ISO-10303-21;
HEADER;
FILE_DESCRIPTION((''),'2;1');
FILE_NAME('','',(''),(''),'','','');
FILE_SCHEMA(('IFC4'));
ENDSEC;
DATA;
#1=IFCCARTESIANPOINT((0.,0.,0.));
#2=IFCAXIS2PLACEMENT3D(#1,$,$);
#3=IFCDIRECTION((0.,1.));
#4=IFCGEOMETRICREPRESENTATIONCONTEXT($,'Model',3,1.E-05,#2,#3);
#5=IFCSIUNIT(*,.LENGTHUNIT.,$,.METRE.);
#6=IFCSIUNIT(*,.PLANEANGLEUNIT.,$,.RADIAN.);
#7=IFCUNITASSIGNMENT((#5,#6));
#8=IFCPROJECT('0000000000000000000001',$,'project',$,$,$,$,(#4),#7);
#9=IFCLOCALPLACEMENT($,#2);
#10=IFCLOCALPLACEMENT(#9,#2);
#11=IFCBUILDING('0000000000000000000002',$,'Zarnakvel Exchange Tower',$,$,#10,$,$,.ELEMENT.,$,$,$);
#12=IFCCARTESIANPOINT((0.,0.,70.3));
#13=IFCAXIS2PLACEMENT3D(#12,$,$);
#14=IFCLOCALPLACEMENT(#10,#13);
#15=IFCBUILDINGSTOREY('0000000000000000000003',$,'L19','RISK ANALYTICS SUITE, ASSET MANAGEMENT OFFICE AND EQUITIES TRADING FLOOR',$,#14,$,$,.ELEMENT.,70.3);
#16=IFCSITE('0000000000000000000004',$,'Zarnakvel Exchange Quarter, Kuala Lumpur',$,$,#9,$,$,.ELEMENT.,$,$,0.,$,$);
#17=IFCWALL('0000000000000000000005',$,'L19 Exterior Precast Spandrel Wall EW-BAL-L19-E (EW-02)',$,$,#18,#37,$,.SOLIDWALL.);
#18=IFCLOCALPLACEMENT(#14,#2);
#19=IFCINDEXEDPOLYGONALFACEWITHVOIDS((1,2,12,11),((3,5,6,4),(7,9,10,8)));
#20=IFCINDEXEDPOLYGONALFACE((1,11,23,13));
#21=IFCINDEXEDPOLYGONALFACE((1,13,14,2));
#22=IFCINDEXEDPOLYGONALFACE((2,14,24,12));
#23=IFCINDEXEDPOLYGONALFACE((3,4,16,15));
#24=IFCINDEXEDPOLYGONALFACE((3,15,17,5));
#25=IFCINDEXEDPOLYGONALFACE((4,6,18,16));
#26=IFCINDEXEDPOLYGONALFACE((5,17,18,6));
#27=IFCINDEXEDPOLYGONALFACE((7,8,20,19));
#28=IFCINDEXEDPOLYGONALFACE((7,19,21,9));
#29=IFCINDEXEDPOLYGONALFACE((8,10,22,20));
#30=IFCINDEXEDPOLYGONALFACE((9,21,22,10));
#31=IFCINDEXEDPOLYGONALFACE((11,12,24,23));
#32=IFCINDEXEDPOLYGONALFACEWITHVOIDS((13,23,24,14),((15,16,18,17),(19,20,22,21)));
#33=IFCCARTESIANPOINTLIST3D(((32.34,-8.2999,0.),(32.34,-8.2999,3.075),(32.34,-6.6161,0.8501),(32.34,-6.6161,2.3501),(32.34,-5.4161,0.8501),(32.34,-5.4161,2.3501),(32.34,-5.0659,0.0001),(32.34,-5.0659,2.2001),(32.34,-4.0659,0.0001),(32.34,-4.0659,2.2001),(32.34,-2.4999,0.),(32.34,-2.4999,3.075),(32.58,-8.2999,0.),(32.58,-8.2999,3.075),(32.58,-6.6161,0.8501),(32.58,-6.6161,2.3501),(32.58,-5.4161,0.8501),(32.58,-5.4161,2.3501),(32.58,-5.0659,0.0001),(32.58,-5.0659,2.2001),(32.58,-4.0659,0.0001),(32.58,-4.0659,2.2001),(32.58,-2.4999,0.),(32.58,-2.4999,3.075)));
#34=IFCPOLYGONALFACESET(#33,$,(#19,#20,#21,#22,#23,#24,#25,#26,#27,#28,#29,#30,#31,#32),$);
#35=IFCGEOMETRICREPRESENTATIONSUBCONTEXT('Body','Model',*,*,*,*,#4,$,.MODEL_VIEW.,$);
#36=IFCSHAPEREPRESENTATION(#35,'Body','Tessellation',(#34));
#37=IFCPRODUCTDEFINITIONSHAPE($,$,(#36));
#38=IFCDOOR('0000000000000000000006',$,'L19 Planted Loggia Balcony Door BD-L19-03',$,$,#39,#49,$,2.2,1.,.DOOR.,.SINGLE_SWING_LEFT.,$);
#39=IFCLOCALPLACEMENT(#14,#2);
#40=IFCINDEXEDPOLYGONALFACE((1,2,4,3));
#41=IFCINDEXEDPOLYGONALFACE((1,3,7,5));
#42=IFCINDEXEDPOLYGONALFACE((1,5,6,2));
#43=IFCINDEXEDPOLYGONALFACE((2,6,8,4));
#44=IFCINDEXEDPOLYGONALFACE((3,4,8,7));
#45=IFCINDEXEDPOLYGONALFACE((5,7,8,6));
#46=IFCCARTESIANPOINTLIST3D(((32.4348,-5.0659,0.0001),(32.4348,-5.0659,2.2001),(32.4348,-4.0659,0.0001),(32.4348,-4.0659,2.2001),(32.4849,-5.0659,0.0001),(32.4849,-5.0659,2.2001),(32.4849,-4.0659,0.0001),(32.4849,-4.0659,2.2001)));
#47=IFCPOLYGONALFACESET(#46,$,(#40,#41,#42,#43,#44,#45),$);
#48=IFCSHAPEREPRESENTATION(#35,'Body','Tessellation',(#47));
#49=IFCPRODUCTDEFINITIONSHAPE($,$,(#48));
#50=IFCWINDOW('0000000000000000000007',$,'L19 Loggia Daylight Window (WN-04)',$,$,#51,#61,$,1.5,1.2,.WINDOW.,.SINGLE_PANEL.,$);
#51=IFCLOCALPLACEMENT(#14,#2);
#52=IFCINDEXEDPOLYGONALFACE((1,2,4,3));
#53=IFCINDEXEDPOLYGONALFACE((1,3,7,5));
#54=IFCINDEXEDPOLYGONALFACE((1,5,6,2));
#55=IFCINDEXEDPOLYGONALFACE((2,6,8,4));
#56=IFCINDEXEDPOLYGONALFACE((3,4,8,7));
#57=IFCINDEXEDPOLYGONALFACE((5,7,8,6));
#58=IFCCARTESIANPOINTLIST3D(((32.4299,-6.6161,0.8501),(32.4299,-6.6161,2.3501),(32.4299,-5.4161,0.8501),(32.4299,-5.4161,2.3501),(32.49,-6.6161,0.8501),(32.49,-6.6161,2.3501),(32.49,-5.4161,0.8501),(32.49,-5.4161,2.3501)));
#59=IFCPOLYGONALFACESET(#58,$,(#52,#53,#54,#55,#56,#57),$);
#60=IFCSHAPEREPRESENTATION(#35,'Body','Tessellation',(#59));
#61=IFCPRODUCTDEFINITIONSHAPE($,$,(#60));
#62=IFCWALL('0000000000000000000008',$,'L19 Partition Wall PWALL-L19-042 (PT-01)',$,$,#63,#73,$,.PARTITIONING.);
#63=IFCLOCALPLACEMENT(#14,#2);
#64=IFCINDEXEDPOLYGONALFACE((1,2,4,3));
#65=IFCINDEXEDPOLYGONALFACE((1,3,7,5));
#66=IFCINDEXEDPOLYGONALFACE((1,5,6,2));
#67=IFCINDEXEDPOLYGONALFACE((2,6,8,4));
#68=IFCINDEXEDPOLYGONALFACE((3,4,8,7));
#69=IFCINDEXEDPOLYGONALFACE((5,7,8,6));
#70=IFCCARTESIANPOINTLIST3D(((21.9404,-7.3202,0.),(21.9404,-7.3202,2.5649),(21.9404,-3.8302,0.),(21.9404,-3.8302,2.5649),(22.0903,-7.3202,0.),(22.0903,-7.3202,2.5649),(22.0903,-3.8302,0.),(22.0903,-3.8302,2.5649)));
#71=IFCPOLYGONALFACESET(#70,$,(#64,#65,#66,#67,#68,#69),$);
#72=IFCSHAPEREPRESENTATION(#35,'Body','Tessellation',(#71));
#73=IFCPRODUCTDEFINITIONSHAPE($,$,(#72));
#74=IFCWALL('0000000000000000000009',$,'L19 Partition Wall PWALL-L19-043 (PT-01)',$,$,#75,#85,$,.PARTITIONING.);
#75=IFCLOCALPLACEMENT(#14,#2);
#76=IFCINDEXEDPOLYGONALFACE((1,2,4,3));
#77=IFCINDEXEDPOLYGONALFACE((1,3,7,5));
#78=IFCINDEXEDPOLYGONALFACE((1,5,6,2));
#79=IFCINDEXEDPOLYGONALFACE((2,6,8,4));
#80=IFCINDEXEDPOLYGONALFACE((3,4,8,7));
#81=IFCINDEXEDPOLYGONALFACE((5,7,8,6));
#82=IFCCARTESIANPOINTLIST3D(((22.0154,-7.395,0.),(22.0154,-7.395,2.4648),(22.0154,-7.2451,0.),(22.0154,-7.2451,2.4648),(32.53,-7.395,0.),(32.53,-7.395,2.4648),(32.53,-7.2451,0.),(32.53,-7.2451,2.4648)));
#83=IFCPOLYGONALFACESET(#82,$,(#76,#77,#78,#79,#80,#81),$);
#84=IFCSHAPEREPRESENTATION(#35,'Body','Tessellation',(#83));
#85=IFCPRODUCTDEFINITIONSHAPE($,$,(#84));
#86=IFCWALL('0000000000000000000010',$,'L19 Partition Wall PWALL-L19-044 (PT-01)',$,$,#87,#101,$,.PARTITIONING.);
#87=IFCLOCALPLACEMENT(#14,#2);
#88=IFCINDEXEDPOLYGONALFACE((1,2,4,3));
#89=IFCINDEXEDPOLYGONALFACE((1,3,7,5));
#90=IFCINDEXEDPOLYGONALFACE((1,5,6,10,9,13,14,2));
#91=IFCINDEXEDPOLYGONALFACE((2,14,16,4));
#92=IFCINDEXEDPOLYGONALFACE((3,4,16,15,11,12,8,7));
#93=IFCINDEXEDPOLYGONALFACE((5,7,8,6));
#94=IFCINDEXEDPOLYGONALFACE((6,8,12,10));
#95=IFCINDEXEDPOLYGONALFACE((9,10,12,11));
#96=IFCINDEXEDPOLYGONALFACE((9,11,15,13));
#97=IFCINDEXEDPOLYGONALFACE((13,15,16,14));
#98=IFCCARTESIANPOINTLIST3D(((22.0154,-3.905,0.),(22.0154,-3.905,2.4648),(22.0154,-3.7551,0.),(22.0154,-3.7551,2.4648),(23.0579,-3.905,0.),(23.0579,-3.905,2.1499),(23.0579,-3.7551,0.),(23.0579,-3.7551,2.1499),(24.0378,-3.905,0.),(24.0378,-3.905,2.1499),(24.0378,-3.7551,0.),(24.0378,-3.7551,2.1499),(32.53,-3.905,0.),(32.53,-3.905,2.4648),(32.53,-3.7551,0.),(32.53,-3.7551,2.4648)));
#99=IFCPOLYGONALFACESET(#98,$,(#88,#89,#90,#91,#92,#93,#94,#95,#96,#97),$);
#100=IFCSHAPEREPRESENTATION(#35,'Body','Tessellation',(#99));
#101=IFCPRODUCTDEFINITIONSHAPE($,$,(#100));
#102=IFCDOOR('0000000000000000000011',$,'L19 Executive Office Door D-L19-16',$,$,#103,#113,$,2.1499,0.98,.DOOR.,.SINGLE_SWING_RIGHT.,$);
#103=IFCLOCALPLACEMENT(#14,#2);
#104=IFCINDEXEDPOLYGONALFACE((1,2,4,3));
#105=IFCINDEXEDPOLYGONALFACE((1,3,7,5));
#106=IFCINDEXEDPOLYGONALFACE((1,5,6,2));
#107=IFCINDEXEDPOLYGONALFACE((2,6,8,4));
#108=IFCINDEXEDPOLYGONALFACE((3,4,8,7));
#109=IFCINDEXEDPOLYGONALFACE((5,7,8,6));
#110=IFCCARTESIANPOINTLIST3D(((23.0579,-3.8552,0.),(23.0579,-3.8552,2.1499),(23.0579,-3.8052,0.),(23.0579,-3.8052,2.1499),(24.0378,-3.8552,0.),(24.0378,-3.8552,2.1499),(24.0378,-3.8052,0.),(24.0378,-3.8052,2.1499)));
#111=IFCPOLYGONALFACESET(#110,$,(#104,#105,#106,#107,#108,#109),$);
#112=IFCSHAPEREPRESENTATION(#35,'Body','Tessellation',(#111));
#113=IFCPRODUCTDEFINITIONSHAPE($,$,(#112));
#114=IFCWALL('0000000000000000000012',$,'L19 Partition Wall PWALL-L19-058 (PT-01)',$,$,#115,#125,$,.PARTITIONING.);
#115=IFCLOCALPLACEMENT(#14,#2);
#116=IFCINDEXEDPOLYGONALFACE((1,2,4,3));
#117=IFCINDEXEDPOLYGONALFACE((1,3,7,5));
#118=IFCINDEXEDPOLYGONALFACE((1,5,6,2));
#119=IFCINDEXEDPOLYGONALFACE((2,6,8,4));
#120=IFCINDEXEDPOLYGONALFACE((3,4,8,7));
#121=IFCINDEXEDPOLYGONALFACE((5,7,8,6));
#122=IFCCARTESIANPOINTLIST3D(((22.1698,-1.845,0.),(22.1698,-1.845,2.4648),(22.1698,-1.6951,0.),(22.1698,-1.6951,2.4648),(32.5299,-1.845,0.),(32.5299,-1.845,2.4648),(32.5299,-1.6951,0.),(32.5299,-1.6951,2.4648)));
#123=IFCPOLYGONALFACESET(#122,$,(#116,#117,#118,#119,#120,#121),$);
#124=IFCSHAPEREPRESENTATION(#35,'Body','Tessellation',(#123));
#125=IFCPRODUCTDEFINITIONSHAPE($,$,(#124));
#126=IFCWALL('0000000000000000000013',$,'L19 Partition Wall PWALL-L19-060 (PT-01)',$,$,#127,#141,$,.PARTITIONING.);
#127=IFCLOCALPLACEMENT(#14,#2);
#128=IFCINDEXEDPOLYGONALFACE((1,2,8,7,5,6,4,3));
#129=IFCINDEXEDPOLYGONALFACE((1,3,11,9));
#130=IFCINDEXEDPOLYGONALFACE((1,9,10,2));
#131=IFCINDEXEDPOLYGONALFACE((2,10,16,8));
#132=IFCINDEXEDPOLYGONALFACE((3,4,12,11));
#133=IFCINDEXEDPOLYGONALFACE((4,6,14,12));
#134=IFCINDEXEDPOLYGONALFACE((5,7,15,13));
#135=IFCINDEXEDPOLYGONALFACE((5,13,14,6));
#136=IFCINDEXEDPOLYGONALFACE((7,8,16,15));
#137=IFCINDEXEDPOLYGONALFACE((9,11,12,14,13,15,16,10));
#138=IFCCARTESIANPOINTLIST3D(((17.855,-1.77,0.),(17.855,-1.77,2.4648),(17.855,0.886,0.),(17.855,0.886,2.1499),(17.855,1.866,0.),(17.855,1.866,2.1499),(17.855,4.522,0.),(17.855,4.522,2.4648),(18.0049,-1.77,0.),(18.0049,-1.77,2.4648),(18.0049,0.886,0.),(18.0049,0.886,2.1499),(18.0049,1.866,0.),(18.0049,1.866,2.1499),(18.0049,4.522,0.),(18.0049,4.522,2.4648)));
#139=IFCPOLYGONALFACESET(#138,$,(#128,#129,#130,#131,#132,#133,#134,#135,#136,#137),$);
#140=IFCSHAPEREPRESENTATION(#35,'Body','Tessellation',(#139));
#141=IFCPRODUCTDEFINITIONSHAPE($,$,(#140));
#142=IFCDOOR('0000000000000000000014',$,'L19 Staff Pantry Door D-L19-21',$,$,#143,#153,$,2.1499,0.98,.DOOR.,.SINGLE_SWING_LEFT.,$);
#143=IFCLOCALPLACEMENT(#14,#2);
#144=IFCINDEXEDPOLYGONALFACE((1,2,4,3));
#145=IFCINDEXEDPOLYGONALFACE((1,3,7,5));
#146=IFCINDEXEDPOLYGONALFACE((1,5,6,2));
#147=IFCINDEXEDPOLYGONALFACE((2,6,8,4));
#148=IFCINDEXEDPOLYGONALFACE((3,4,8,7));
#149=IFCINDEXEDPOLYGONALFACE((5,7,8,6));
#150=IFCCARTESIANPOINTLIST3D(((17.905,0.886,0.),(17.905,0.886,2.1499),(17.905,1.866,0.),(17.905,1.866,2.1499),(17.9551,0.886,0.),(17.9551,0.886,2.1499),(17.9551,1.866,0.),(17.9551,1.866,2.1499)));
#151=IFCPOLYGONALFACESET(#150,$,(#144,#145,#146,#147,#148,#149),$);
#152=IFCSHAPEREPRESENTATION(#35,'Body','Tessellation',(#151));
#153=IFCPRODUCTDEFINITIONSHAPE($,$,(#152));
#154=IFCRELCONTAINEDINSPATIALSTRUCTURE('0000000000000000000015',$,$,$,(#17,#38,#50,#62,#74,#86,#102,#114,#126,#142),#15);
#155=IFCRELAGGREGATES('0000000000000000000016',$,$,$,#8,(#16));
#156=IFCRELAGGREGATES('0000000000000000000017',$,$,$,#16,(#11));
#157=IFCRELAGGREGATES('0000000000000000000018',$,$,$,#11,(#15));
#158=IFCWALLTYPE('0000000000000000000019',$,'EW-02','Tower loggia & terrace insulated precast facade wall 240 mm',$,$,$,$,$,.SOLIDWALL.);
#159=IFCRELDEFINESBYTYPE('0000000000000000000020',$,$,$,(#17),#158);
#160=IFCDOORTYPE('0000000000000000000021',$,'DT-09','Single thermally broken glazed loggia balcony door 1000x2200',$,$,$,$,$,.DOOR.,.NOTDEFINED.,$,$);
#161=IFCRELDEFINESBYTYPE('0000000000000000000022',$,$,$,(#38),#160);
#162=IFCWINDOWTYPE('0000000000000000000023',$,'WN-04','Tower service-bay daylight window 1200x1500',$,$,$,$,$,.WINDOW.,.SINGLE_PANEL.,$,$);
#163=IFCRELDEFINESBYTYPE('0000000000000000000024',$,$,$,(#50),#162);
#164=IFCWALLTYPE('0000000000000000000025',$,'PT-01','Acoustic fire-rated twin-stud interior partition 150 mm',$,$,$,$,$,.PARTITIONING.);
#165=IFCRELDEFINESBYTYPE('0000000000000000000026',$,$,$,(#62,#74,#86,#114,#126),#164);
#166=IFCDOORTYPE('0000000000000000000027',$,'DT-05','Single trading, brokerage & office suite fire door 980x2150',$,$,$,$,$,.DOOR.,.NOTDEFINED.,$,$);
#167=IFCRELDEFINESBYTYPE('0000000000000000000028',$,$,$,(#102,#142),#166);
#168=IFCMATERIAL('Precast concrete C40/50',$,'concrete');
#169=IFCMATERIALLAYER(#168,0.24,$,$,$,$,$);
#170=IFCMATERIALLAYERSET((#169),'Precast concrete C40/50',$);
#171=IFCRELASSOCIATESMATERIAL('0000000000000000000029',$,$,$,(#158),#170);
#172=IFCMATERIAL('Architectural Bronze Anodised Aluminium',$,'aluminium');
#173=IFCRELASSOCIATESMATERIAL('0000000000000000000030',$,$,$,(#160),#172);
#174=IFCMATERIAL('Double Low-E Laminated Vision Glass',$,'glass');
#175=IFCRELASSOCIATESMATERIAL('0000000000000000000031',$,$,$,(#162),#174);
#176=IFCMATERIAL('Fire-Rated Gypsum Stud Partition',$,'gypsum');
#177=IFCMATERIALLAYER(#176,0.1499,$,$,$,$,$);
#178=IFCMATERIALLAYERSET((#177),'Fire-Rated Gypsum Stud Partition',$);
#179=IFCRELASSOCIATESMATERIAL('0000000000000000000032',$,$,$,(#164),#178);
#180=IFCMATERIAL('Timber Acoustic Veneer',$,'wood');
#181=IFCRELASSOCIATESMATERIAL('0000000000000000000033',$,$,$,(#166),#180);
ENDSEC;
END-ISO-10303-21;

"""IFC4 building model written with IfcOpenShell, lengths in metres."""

from ifc_helpers import new_model, si_unit, direction, frame, frame_2d, origin, place, context, subcontext, project, spatial, rectangle, extrude, source, transform, mapped, material, layer, layer_set, type_object, element, fill, save


model = new_model("IFC4")

# Units and contexts
model_context = context("Model", 3, precision=1e-05, world=origin(), true_north=direction((0.0, 1.0)))
body_context = subcontext(model_context, "Body", "Model", "MODEL_VIEW")
ifc_project = project(units=[si_unit("LENGTHUNIT", "METRE"), si_unit("PLANEANGLEUNIT", "RADIAN")], contexts=[model_context])

# Site, building, storey
site_placement = place(None, origin())
site = spatial("IfcSite", under=ifc_project, at=site_placement, Name="Zarnakvel Exchange Quarter, Kuala Lumpur", CompositionType="ELEMENT", RefElevation=0.0)
building_placement = place(site_placement, origin())
building = spatial("IfcBuilding", under=site, at=building_placement, Name="Zarnakvel Exchange Tower", CompositionType="ELEMENT")
storey_placement = place(building_placement, frame((0.0, 0.0, 70.3)))
storey = spatial("IfcBuildingStorey", under=building, at=storey_placement, Name="L19", Description="RISK ANALYTICS SUITE, ASSET MANAGEMENT OFFICE AND EQUITIES TRADING FLOOR", CompositionType="ELEMENT", Elevation=70.3)

# Shared definitions
ifc_material_1 = material(Name="Architectural Bronze Anodised Aluminium", Category="aluminium")
ifc_material_2 = material(Name="Double Low-E Laminated Vision Glass", Category="glass")

# Wall, openings, door, window
ifc_material_3 = material(Name="Precast concrete C40/50", Category="concrete")
ifc_layer_1 = layer(ifc_material_3, 0.24)
ifc_layer_set_1 = layer_set([ifc_layer_1], Name="Precast concrete C40/50")
wall_type_1 = type_object("IfcWallType", Name="EW-02", Description="Tower loggia & terrace insulated precast facade wall 240 mm", PredefinedType="SOLIDWALL", material=ifc_layer_set_1)
wall_1_placement = place(storey_placement, frame((32.46, -2.5, 0.0), z_axis=(0.0, 0.0, 1.0), x_axis=(0.0, -1.0, 0.0)))
wall_1 = element("IfcWall", 1, at=wall_1_placement, inside=storey, type_object=wall_type_1, Name="L19 Exterior Precast Spandrel Wall EW-BAL-L19-E (EW-02)", PredefinedType="SOLIDWALL", context=body_context, shape_type="SweptSolid", body=[
    extrude(rectangle(XDim=5.8, YDim=0.24, at=frame_2d((2.8999, 0.0))), origin(), (0.0, 0.0, 1.0), 3.075),
])
opening_1_placement = place(wall_1_placement, frame((1.5659, 0.0, 0.0)))
opening_1 = element("IfcOpeningElement", 2, at=opening_1_placement, cuts=wall_1, PredefinedType="OPENING", context=body_context, shape_type="SweptSolid", body=[
    extrude(rectangle(XDim=1.0, YDim=2.2, at=frame_2d((0.5, 1.1001))), frame((0.0, 0.1299, 0.0), z_axis=(0.0, -1.0, 0.0), x_axis=(1.0, 0.0, 0.0)), (0.0, 0.0, 1.0), 0.26),
])
opening_2_placement = place(wall_1_placement, frame((2.916, 0.0, 0.8501)))
opening_2 = element("IfcOpeningElement", 3, at=opening_2_placement, cuts=wall_1, PredefinedType="OPENING", context=body_context, shape_type="SweptSolid", body=[
    extrude(rectangle(XDim=1.2, YDim=1.5, at=frame_2d((0.6001, 0.75))), frame((0.0, 0.1299, 0.0), z_axis=(0.0, -1.0, 0.0), x_axis=(1.0, 0.0, 0.0)), (0.0, 0.0, 1.0), 0.26),
])
door_type_1 = type_object("IfcDoorType", Name="DT-09", Description="Single thermally broken glazed loggia balcony door 1000x2200", OperationType="NOTDEFINED", PredefinedType="DOOR", material=ifc_material_1)
shared_shape_1 = source(origin(), body_context, "Body", "SweptSolid", [
    extrude(rectangle(XDim=1.0, YDim=2.2, at=frame_2d((0.5, 1.1001))), frame((0.0, 0.0249, 0.0), z_axis=(0.0, -1.0, 0.0), x_axis=(1.0, 0.0, 0.0)), (0.0, 0.0, 1.0), 0.05),
])
door_1_placement = place(opening_1_placement, origin())
door_1 = element("IfcDoor", 4, at=door_1_placement, inside=storey, type_object=door_type_1, Name="L19 Planted Loggia Balcony Door BD-L19-03", OperationType="SINGLE_SWING_LEFT", OverallHeight=2.2, OverallWidth=1.0, PredefinedType="DOOR", context=body_context, shape_type="MappedRepresentation", body=[
    mapped(shared_shape_1, transform((0.0, 0.0, 0.0), x_axis=(1.0, 0.0, 0.0), y_axis=(0.0, 1.0, 0.0), z_axis=(0.0, 0.0, 1.0), scale=1.0)),
])
fill(opening_1, door_1)
window_type = type_object("IfcWindowType", Name="WN-04", Description="Tower service-bay daylight window 1200x1500", PartitioningType="SINGLE_PANEL", PredefinedType="WINDOW", material=ifc_material_2)
shared_shape_2 = source(origin(), body_context, "Body", "SweptSolid", [
    extrude(rectangle(XDim=1.2, YDim=1.5, at=frame_2d((0.6001, 0.75))), frame((0.0, 0.03, 0.0), z_axis=(0.0, -1.0, 0.0), x_axis=(1.0, 0.0, 0.0)), (0.0, 0.0, 1.0), 0.0601),
])
window_placement = place(opening_2_placement, origin())
window = element("IfcWindow", 5, at=window_placement, inside=storey, type_object=window_type, Name="L19 Loggia Daylight Window (WN-04)", OverallHeight=1.5, OverallWidth=1.2, PartitioningType="SINGLE_PANEL", PredefinedType="WINDOW", context=body_context, shape_type="MappedRepresentation", body=[
    mapped(shared_shape_2, transform((0.0, 0.0, 0.0), x_axis=(1.0, 0.0, 0.0), y_axis=(0.0, 1.0, 0.0), z_axis=(0.0, 0.0, 1.0), scale=1.0)),
])
fill(opening_2, window)

# Walls
ifc_material_4 = material(Name="Fire-Rated Gypsum Stud Partition", Category="gypsum")
ifc_layer_2 = layer(ifc_material_4, 0.1499)
ifc_layer_set_2 = layer_set([ifc_layer_2], Name="Fire-Rated Gypsum Stud Partition")
wall_type_2 = type_object("IfcWallType", Name="PT-01", Description="Acoustic fire-rated twin-stud interior partition 150 mm", PredefinedType="PARTITIONING", material=ifc_layer_set_2)
wall_2_placement = place(storey_placement, frame((22.0154, -3.8301, 0.0), z_axis=(0.0, 0.0, 1.0), x_axis=(0.0, -1.0, 0.0)))
element("IfcWall", 6, at=wall_2_placement, inside=storey, type_object=wall_type_2, Name="L19 Partition Wall PWALL-L19-042 (PT-01)", PredefinedType="PARTITIONING", context=body_context, shape_type="SweptSolid", body=[
    extrude(rectangle(XDim=3.49, YDim=0.1499, at=frame_2d((1.7451, 0.0))), origin(), (0.0, 0.0, 1.0), 2.5649),
])
wall_3_placement = place(storey_placement, frame((32.53, -7.3201, 0.0), z_axis=(0.0, 0.0, 1.0), x_axis=(-1.0, 0.0, 0.0)))
element("IfcWall", 7, at=wall_3_placement, inside=storey, type_object=wall_type_2, Name="L19 Partition Wall PWALL-L19-043 (PT-01)", PredefinedType="PARTITIONING", context=body_context, shape_type="SweptSolid", body=[
    extrude(rectangle(XDim=10.5146, YDim=0.1499, at=frame_2d((5.2573, 0.0))), origin(), (0.0, 0.0, 1.0), 2.4648),
])

# Wall, opening, door
wall_4_placement = place(storey_placement, frame((22.0154, -3.8301, 0.0), z_axis=(0.0, 0.0, 1.0), x_axis=(1.0, 0.0, 0.0)))
wall_4 = element("IfcWall", 8, at=wall_4_placement, inside=storey, type_object=wall_type_2, Name="L19 Partition Wall PWALL-L19-044 (PT-01)", PredefinedType="PARTITIONING", context=body_context, shape_type="SweptSolid", body=[
    extrude(rectangle(XDim=10.5146, YDim=0.1499, at=frame_2d((5.2573, 0.0))), origin(), (0.0, 0.0, 1.0), 2.4648),
])
opening_3_placement = place(wall_4_placement, frame((1.0425, 0.0, 0.0)))
opening_3 = element("IfcOpeningElement", 9, at=opening_3_placement, cuts=wall_4, PredefinedType="OPENING", context=body_context, shape_type="SweptSolid", body=[
    extrude(rectangle(XDim=0.98, YDim=2.1499, at=frame_2d((0.49, 1.075))), frame((0.0, 0.085, 0.0), z_axis=(0.0, -1.0, 0.0), x_axis=(1.0, 0.0, 0.0)), (0.0, 0.0, 1.0), 0.1699),
])
ifc_material_5 = material(Name="Timber Acoustic Veneer", Category="wood")
door_type_2 = type_object("IfcDoorType", Name="DT-05", Description="Single trading, brokerage & office suite fire door 980x2150", OperationType="NOTDEFINED", PredefinedType="DOOR", material=ifc_material_5)
shared_shape_3 = source(origin(), body_context, "Body", "SweptSolid", [
    extrude(rectangle(XDim=0.98, YDim=2.1499, at=frame_2d((0.49, 1.075))), frame((0.0, 0.0249, 0.0), z_axis=(0.0, -1.0, 0.0), x_axis=(1.0, 0.0, 0.0)), (0.0, 0.0, 1.0), 0.05),
])
door_2_placement = place(opening_3_placement, origin())
door_2 = element("IfcDoor", 10, at=door_2_placement, inside=storey, type_object=door_type_2, Name="L19 Executive Office Door D-L19-16", OperationType="SINGLE_SWING_RIGHT", OverallHeight=2.1499, OverallWidth=0.98, PredefinedType="DOOR", context=body_context, shape_type="MappedRepresentation", body=[
    mapped(shared_shape_3, transform((0.0, 0.0, 0.0), x_axis=(1.0, 0.0, 0.0), y_axis=(0.0, 1.0, 0.0), z_axis=(0.0, 0.0, 1.0), scale=1.0)),
])
fill(opening_3, door_2)

# Wall
wall_5_placement = place(storey_placement, frame((32.53, -1.77, 0.0), z_axis=(0.0, 0.0, 1.0), x_axis=(-1.0, 0.0, 0.0)))
element("IfcWall", 11, at=wall_5_placement, inside=storey, type_object=wall_type_2, Name="L19 Partition Wall PWALL-L19-058 (PT-01)", PredefinedType="PARTITIONING", context=body_context, shape_type="SweptSolid", body=[
    extrude(rectangle(XDim=10.3601, YDim=0.1499, at=frame_2d((5.1802, 0.0))), origin(), (0.0, 0.0, 1.0), 2.4648),
])

# Wall, opening, door
wall_6_placement = place(storey_placement, frame((17.9299, -1.77, 0.0), z_axis=(0.0, 0.0, 1.0), x_axis=(0.0, 1.0, 0.0)))
wall_6 = element("IfcWall", 12, at=wall_6_placement, inside=storey, type_object=wall_type_2, Name="L19 Partition Wall PWALL-L19-060 (PT-01)", PredefinedType="PARTITIONING", context=body_context, shape_type="SweptSolid", body=[
    extrude(rectangle(XDim=6.292, YDim=0.1499, at=frame_2d((3.146, 0.0))), origin(), (0.0, 0.0, 1.0), 2.4648),
])
opening_4_placement = place(wall_6_placement, frame((2.656, 0.0, 0.0)))
opening_4 = element("IfcOpeningElement", 13, at=opening_4_placement, cuts=wall_6, PredefinedType="OPENING", context=body_context, shape_type="SweptSolid", body=[
    extrude(rectangle(XDim=0.98, YDim=2.1499, at=frame_2d((0.49, 1.075))), frame((0.0, 0.085, 0.0), z_axis=(0.0, -1.0, 0.0), x_axis=(1.0, 0.0, 0.0)), (0.0, 0.0, 1.0), 0.1699),
])
door_3_placement = place(opening_4_placement, origin())
door_3 = element("IfcDoor", 14, at=door_3_placement, inside=storey, type_object=door_type_2, Name="L19 Staff Pantry Door D-L19-21", OperationType="SINGLE_SWING_LEFT", OverallHeight=2.1499, OverallWidth=0.98, PredefinedType="DOOR", context=body_context, shape_type="MappedRepresentation", body=[
    mapped(shared_shape_3, transform((0.0, 0.0, 0.0), x_axis=(1.0, 0.0, 0.0), y_axis=(0.0, 1.0, 0.0), z_axis=(0.0, 0.0, 1.0), scale=1.0)),
])
fill(opening_4, door_3)

save(model, "model.ifc")
